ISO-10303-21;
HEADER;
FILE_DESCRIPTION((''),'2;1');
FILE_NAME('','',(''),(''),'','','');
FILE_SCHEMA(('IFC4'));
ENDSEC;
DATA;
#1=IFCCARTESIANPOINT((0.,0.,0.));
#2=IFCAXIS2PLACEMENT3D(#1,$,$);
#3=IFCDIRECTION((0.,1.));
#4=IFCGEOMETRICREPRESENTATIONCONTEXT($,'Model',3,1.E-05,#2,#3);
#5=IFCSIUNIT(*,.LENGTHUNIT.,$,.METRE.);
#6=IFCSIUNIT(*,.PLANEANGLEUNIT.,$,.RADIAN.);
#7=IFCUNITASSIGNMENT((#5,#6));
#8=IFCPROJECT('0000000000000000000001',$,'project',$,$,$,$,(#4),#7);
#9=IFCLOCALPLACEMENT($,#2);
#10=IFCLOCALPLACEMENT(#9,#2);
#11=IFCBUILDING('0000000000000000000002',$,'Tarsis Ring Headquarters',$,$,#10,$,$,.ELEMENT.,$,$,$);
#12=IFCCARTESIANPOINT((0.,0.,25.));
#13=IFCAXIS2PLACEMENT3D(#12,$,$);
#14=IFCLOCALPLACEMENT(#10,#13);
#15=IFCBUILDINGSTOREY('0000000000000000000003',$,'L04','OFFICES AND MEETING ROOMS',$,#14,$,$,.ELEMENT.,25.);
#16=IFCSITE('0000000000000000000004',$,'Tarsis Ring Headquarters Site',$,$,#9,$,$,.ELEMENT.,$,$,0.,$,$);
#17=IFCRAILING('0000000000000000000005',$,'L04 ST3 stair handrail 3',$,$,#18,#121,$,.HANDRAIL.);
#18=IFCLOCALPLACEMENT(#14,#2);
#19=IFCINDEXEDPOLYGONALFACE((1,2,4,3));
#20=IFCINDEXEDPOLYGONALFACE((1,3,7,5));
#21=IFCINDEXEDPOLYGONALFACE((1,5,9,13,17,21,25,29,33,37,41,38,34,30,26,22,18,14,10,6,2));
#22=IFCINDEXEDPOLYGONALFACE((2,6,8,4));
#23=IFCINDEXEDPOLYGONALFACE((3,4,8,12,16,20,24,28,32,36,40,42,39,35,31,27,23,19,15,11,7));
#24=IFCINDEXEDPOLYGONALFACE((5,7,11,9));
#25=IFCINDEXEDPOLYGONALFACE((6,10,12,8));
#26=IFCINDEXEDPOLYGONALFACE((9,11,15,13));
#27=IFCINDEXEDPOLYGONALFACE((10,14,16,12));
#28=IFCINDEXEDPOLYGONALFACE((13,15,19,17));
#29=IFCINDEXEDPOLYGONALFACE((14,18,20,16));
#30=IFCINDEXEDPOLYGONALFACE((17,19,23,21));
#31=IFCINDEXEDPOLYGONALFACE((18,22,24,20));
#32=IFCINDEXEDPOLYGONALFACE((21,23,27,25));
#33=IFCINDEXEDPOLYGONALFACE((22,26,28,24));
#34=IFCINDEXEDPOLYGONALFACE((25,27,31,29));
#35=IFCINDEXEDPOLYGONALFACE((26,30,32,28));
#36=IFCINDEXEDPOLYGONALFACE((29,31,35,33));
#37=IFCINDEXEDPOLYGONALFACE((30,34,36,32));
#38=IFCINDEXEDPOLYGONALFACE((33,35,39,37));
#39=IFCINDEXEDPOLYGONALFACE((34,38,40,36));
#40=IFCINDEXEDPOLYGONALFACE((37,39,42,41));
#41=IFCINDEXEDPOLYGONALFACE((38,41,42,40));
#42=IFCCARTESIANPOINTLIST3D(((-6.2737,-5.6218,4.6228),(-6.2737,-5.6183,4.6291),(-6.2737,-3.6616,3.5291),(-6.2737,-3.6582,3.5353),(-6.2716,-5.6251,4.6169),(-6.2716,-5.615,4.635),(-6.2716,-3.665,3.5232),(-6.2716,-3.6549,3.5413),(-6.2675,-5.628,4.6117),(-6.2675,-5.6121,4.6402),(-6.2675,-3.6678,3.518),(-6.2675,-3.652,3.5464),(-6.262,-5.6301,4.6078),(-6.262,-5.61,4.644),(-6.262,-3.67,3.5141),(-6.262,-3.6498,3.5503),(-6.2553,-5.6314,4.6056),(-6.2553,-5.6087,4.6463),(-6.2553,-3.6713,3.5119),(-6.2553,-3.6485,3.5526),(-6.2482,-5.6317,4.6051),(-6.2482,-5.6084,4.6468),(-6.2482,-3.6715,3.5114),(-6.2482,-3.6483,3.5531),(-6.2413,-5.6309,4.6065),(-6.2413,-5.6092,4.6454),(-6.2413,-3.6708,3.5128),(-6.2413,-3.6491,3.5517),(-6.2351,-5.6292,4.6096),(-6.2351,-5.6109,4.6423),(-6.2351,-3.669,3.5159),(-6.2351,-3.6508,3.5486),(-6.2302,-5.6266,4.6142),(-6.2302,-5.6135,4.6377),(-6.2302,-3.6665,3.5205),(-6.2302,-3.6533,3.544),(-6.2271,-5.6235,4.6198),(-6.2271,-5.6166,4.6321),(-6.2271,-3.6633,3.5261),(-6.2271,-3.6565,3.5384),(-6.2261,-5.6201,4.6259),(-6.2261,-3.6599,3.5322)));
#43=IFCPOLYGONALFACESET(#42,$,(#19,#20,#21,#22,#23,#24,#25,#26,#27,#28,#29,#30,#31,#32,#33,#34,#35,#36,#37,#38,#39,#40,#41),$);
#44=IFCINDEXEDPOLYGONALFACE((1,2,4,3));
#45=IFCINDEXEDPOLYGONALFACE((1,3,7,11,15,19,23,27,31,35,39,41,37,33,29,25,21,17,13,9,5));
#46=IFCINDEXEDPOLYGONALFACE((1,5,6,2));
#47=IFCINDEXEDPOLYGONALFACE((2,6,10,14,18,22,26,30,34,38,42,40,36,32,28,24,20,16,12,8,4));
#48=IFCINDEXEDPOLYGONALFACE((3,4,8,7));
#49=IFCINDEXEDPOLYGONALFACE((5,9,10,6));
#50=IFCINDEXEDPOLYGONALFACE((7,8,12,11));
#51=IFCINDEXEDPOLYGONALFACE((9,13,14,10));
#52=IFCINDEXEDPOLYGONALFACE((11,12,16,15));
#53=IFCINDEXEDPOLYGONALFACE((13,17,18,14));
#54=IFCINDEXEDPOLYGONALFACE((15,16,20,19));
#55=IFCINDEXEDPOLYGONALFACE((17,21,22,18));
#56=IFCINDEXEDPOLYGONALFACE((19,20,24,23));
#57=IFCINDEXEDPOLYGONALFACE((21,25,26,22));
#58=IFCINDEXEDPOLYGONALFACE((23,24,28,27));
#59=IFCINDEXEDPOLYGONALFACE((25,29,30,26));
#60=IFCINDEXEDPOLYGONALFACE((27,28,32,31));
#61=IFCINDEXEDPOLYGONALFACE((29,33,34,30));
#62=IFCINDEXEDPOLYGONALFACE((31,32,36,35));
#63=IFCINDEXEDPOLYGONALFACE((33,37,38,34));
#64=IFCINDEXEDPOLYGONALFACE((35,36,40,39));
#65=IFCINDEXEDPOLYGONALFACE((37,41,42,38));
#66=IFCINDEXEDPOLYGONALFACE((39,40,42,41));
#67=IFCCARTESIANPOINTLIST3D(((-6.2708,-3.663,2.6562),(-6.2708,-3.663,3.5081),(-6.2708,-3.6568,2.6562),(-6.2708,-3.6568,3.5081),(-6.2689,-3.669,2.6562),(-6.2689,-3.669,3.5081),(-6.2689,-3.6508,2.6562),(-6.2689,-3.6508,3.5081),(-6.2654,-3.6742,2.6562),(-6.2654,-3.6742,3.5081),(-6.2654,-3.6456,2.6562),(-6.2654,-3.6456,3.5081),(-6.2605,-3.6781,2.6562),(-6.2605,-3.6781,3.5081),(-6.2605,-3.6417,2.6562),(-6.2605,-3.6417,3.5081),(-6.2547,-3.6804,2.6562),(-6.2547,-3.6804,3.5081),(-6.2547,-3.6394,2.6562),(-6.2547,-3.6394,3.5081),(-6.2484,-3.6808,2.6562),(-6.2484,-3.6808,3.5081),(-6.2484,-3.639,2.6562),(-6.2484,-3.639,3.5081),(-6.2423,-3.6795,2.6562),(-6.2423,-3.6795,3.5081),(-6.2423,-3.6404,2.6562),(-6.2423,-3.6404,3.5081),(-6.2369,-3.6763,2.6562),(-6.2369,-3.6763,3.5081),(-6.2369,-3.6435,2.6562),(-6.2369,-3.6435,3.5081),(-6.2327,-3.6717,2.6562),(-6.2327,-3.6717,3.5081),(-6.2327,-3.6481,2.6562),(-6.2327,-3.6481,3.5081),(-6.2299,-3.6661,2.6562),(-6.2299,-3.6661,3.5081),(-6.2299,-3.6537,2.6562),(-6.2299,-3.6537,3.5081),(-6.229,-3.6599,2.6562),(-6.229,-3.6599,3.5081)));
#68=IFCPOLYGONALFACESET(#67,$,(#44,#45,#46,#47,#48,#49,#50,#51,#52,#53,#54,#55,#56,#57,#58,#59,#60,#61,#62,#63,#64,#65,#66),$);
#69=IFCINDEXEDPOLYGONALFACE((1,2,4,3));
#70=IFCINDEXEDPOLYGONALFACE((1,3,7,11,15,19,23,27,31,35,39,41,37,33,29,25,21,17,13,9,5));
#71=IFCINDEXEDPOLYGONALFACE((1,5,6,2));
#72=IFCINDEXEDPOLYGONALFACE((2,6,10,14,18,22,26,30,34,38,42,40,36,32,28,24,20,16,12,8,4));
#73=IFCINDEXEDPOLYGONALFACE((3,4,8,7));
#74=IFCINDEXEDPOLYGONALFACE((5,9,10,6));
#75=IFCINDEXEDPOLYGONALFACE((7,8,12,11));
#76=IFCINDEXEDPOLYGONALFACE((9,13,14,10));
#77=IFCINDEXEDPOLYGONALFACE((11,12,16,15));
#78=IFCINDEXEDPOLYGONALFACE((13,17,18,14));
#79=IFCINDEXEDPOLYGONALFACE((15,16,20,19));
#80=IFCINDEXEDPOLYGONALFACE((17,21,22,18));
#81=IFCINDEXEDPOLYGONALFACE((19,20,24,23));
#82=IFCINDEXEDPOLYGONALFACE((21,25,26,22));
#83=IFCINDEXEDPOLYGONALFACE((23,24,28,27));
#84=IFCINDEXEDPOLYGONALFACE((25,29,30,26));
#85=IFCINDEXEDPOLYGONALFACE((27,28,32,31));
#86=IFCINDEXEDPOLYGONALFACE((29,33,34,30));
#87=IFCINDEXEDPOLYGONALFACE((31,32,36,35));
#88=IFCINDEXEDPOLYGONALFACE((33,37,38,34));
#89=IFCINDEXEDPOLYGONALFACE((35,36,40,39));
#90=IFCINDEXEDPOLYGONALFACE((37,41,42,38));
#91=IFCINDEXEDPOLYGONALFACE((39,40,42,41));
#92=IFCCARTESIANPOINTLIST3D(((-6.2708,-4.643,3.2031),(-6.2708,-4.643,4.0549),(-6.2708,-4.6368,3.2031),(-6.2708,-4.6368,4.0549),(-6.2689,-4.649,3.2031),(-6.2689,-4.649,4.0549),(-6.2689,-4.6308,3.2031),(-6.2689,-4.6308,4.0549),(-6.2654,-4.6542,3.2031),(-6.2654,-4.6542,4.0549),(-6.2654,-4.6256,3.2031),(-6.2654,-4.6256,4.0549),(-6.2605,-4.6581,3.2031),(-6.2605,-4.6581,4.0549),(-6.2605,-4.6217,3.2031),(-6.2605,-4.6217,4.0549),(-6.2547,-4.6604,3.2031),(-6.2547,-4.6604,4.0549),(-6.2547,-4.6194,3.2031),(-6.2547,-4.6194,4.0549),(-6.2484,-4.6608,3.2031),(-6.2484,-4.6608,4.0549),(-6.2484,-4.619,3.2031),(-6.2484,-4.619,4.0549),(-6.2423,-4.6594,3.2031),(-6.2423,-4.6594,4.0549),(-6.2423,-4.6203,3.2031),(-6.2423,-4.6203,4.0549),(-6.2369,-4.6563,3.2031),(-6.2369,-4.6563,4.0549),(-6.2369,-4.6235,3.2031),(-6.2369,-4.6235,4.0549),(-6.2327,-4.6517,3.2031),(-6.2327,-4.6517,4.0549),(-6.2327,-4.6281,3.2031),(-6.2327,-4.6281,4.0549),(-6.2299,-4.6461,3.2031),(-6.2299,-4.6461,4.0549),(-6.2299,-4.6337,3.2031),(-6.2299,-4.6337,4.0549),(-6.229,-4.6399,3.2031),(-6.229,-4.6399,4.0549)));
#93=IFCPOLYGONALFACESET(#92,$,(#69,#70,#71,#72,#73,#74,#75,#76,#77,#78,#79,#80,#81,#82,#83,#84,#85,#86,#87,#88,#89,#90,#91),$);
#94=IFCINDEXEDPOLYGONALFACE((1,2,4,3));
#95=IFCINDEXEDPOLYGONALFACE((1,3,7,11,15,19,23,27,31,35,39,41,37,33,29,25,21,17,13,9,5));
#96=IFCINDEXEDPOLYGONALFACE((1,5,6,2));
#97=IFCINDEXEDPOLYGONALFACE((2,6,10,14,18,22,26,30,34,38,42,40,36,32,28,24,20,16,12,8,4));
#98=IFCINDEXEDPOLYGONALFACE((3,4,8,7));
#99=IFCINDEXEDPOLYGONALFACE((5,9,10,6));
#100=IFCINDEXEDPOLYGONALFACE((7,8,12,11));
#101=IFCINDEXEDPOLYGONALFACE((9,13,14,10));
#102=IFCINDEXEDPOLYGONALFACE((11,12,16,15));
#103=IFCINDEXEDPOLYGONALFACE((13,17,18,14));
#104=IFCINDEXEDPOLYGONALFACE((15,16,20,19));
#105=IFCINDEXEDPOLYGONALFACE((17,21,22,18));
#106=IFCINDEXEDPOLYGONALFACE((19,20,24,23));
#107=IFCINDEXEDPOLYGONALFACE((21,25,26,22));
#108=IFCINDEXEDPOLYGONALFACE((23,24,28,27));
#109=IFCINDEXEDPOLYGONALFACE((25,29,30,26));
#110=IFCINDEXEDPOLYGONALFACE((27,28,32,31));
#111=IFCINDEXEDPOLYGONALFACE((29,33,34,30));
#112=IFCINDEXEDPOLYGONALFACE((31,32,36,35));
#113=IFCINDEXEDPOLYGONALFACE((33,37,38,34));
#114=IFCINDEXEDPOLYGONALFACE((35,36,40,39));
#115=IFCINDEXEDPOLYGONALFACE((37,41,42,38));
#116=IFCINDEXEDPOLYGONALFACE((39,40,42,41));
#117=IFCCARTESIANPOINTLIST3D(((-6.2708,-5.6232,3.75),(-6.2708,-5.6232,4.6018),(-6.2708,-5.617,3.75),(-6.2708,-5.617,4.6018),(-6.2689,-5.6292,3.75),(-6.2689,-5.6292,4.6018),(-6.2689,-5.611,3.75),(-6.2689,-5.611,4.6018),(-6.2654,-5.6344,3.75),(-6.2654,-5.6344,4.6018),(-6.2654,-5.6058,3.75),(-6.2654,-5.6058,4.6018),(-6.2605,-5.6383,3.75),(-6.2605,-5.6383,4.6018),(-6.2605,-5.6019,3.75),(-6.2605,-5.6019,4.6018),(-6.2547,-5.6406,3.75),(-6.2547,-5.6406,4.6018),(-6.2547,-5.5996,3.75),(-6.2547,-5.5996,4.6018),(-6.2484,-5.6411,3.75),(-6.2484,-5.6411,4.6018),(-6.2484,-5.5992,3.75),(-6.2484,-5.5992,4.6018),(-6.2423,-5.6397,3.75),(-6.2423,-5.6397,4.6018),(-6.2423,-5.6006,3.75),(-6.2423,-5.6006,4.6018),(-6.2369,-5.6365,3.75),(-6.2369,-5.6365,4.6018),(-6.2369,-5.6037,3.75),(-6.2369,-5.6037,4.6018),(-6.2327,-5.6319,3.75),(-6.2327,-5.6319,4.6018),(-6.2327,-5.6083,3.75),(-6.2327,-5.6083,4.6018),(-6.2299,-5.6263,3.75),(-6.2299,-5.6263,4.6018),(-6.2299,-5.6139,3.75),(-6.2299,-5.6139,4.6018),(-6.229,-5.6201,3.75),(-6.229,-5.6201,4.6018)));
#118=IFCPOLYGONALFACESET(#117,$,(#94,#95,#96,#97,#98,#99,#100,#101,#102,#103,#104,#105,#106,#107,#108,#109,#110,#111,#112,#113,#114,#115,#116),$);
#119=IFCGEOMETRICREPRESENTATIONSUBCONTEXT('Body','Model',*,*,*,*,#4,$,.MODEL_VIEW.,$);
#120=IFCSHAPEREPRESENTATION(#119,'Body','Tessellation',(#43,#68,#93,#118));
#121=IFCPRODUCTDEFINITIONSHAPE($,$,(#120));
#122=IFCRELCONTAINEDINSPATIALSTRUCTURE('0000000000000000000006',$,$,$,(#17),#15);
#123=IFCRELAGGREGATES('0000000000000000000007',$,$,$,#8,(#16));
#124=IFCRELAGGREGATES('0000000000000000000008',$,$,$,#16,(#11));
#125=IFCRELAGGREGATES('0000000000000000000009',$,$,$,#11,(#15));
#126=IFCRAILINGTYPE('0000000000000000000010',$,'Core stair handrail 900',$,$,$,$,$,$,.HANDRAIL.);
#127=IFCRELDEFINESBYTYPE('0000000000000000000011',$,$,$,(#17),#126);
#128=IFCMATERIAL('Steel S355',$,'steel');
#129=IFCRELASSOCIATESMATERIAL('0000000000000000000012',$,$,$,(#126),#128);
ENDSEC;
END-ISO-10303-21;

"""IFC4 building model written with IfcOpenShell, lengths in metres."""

from ifc_helpers import new_model, si_unit, direction, frame, origin, origin_2d, place, context, subcontext, project, spatial, circle, extrude, material, type_object, element, save


model = new_model("IFC4")

# Units and contexts
model_context = context("Model", 3, precision=1e-05, world=origin(), true_north=direction((0.0, 1.0)))
body_context = subcontext(model_context, "Body", "Model", "MODEL_VIEW")
ifc_project = project(units=[si_unit("LENGTHUNIT", "METRE"), si_unit("PLANEANGLEUNIT", "RADIAN")], contexts=[model_context])

# Site, building, storey
site_placement = place(None, origin())
site = spatial("IfcSite", under=ifc_project, at=site_placement, Name="Tarsis Ring Headquarters Site", CompositionType="ELEMENT", RefElevation=0.0)
building_placement = place(site_placement, origin())
building = spatial("IfcBuilding", under=site, at=building_placement, Name="Tarsis Ring Headquarters", CompositionType="ELEMENT")
storey_placement = place(building_placement, frame((0.0, 0.0, 25.0)))
storey = spatial("IfcBuildingStorey", under=building, at=storey_placement, Name="L04", Description="OFFICES AND MEETING ROOMS", CompositionType="ELEMENT", Elevation=25.0)

# Railing
ifc_material_1 = material(Name="Steel S355", Category="steel")
railing_type_1 = type_object("IfcRailingType", Name="Core stair handrail 900", PredefinedType="HANDRAIL", material=ifc_material_1)
railing_1_placement = place(storey_placement, frame((-6.25, -3.6599, 2.6562)))
element("IfcRailing", 1, at=railing_1_placement, inside=storey, type_object=railing_type_1, Name="L04 ST3 stair handrail 3", PredefinedType="HANDRAIL", context=body_context, shape_type="SweptSolid", body=[
    extrude(circle(Radius=0.0239, at=origin_2d()), frame((0.0, 0.0, 0.876), z_axis=(0.0, -0.873258, 0.487258), x_axis=(1.0, 0.0, 0.0)), (0.0, 0.0, 1.0), 2.2446),
    extrude(circle(Radius=0.021, at=origin_2d()), origin(), (0.0, 0.0, 1.0), 0.8518),
    extrude(circle(Radius=0.021, at=origin_2d()), frame((0.0, -0.98, 0.5469)), (0.0, 0.0, 1.0), 0.8518),
    extrude(circle(Radius=0.021, at=origin_2d()), frame((0.0, -1.9602, 1.0938)), (0.0, 0.0, 1.0), 0.8518),
])

save(model, "model.ifc")
